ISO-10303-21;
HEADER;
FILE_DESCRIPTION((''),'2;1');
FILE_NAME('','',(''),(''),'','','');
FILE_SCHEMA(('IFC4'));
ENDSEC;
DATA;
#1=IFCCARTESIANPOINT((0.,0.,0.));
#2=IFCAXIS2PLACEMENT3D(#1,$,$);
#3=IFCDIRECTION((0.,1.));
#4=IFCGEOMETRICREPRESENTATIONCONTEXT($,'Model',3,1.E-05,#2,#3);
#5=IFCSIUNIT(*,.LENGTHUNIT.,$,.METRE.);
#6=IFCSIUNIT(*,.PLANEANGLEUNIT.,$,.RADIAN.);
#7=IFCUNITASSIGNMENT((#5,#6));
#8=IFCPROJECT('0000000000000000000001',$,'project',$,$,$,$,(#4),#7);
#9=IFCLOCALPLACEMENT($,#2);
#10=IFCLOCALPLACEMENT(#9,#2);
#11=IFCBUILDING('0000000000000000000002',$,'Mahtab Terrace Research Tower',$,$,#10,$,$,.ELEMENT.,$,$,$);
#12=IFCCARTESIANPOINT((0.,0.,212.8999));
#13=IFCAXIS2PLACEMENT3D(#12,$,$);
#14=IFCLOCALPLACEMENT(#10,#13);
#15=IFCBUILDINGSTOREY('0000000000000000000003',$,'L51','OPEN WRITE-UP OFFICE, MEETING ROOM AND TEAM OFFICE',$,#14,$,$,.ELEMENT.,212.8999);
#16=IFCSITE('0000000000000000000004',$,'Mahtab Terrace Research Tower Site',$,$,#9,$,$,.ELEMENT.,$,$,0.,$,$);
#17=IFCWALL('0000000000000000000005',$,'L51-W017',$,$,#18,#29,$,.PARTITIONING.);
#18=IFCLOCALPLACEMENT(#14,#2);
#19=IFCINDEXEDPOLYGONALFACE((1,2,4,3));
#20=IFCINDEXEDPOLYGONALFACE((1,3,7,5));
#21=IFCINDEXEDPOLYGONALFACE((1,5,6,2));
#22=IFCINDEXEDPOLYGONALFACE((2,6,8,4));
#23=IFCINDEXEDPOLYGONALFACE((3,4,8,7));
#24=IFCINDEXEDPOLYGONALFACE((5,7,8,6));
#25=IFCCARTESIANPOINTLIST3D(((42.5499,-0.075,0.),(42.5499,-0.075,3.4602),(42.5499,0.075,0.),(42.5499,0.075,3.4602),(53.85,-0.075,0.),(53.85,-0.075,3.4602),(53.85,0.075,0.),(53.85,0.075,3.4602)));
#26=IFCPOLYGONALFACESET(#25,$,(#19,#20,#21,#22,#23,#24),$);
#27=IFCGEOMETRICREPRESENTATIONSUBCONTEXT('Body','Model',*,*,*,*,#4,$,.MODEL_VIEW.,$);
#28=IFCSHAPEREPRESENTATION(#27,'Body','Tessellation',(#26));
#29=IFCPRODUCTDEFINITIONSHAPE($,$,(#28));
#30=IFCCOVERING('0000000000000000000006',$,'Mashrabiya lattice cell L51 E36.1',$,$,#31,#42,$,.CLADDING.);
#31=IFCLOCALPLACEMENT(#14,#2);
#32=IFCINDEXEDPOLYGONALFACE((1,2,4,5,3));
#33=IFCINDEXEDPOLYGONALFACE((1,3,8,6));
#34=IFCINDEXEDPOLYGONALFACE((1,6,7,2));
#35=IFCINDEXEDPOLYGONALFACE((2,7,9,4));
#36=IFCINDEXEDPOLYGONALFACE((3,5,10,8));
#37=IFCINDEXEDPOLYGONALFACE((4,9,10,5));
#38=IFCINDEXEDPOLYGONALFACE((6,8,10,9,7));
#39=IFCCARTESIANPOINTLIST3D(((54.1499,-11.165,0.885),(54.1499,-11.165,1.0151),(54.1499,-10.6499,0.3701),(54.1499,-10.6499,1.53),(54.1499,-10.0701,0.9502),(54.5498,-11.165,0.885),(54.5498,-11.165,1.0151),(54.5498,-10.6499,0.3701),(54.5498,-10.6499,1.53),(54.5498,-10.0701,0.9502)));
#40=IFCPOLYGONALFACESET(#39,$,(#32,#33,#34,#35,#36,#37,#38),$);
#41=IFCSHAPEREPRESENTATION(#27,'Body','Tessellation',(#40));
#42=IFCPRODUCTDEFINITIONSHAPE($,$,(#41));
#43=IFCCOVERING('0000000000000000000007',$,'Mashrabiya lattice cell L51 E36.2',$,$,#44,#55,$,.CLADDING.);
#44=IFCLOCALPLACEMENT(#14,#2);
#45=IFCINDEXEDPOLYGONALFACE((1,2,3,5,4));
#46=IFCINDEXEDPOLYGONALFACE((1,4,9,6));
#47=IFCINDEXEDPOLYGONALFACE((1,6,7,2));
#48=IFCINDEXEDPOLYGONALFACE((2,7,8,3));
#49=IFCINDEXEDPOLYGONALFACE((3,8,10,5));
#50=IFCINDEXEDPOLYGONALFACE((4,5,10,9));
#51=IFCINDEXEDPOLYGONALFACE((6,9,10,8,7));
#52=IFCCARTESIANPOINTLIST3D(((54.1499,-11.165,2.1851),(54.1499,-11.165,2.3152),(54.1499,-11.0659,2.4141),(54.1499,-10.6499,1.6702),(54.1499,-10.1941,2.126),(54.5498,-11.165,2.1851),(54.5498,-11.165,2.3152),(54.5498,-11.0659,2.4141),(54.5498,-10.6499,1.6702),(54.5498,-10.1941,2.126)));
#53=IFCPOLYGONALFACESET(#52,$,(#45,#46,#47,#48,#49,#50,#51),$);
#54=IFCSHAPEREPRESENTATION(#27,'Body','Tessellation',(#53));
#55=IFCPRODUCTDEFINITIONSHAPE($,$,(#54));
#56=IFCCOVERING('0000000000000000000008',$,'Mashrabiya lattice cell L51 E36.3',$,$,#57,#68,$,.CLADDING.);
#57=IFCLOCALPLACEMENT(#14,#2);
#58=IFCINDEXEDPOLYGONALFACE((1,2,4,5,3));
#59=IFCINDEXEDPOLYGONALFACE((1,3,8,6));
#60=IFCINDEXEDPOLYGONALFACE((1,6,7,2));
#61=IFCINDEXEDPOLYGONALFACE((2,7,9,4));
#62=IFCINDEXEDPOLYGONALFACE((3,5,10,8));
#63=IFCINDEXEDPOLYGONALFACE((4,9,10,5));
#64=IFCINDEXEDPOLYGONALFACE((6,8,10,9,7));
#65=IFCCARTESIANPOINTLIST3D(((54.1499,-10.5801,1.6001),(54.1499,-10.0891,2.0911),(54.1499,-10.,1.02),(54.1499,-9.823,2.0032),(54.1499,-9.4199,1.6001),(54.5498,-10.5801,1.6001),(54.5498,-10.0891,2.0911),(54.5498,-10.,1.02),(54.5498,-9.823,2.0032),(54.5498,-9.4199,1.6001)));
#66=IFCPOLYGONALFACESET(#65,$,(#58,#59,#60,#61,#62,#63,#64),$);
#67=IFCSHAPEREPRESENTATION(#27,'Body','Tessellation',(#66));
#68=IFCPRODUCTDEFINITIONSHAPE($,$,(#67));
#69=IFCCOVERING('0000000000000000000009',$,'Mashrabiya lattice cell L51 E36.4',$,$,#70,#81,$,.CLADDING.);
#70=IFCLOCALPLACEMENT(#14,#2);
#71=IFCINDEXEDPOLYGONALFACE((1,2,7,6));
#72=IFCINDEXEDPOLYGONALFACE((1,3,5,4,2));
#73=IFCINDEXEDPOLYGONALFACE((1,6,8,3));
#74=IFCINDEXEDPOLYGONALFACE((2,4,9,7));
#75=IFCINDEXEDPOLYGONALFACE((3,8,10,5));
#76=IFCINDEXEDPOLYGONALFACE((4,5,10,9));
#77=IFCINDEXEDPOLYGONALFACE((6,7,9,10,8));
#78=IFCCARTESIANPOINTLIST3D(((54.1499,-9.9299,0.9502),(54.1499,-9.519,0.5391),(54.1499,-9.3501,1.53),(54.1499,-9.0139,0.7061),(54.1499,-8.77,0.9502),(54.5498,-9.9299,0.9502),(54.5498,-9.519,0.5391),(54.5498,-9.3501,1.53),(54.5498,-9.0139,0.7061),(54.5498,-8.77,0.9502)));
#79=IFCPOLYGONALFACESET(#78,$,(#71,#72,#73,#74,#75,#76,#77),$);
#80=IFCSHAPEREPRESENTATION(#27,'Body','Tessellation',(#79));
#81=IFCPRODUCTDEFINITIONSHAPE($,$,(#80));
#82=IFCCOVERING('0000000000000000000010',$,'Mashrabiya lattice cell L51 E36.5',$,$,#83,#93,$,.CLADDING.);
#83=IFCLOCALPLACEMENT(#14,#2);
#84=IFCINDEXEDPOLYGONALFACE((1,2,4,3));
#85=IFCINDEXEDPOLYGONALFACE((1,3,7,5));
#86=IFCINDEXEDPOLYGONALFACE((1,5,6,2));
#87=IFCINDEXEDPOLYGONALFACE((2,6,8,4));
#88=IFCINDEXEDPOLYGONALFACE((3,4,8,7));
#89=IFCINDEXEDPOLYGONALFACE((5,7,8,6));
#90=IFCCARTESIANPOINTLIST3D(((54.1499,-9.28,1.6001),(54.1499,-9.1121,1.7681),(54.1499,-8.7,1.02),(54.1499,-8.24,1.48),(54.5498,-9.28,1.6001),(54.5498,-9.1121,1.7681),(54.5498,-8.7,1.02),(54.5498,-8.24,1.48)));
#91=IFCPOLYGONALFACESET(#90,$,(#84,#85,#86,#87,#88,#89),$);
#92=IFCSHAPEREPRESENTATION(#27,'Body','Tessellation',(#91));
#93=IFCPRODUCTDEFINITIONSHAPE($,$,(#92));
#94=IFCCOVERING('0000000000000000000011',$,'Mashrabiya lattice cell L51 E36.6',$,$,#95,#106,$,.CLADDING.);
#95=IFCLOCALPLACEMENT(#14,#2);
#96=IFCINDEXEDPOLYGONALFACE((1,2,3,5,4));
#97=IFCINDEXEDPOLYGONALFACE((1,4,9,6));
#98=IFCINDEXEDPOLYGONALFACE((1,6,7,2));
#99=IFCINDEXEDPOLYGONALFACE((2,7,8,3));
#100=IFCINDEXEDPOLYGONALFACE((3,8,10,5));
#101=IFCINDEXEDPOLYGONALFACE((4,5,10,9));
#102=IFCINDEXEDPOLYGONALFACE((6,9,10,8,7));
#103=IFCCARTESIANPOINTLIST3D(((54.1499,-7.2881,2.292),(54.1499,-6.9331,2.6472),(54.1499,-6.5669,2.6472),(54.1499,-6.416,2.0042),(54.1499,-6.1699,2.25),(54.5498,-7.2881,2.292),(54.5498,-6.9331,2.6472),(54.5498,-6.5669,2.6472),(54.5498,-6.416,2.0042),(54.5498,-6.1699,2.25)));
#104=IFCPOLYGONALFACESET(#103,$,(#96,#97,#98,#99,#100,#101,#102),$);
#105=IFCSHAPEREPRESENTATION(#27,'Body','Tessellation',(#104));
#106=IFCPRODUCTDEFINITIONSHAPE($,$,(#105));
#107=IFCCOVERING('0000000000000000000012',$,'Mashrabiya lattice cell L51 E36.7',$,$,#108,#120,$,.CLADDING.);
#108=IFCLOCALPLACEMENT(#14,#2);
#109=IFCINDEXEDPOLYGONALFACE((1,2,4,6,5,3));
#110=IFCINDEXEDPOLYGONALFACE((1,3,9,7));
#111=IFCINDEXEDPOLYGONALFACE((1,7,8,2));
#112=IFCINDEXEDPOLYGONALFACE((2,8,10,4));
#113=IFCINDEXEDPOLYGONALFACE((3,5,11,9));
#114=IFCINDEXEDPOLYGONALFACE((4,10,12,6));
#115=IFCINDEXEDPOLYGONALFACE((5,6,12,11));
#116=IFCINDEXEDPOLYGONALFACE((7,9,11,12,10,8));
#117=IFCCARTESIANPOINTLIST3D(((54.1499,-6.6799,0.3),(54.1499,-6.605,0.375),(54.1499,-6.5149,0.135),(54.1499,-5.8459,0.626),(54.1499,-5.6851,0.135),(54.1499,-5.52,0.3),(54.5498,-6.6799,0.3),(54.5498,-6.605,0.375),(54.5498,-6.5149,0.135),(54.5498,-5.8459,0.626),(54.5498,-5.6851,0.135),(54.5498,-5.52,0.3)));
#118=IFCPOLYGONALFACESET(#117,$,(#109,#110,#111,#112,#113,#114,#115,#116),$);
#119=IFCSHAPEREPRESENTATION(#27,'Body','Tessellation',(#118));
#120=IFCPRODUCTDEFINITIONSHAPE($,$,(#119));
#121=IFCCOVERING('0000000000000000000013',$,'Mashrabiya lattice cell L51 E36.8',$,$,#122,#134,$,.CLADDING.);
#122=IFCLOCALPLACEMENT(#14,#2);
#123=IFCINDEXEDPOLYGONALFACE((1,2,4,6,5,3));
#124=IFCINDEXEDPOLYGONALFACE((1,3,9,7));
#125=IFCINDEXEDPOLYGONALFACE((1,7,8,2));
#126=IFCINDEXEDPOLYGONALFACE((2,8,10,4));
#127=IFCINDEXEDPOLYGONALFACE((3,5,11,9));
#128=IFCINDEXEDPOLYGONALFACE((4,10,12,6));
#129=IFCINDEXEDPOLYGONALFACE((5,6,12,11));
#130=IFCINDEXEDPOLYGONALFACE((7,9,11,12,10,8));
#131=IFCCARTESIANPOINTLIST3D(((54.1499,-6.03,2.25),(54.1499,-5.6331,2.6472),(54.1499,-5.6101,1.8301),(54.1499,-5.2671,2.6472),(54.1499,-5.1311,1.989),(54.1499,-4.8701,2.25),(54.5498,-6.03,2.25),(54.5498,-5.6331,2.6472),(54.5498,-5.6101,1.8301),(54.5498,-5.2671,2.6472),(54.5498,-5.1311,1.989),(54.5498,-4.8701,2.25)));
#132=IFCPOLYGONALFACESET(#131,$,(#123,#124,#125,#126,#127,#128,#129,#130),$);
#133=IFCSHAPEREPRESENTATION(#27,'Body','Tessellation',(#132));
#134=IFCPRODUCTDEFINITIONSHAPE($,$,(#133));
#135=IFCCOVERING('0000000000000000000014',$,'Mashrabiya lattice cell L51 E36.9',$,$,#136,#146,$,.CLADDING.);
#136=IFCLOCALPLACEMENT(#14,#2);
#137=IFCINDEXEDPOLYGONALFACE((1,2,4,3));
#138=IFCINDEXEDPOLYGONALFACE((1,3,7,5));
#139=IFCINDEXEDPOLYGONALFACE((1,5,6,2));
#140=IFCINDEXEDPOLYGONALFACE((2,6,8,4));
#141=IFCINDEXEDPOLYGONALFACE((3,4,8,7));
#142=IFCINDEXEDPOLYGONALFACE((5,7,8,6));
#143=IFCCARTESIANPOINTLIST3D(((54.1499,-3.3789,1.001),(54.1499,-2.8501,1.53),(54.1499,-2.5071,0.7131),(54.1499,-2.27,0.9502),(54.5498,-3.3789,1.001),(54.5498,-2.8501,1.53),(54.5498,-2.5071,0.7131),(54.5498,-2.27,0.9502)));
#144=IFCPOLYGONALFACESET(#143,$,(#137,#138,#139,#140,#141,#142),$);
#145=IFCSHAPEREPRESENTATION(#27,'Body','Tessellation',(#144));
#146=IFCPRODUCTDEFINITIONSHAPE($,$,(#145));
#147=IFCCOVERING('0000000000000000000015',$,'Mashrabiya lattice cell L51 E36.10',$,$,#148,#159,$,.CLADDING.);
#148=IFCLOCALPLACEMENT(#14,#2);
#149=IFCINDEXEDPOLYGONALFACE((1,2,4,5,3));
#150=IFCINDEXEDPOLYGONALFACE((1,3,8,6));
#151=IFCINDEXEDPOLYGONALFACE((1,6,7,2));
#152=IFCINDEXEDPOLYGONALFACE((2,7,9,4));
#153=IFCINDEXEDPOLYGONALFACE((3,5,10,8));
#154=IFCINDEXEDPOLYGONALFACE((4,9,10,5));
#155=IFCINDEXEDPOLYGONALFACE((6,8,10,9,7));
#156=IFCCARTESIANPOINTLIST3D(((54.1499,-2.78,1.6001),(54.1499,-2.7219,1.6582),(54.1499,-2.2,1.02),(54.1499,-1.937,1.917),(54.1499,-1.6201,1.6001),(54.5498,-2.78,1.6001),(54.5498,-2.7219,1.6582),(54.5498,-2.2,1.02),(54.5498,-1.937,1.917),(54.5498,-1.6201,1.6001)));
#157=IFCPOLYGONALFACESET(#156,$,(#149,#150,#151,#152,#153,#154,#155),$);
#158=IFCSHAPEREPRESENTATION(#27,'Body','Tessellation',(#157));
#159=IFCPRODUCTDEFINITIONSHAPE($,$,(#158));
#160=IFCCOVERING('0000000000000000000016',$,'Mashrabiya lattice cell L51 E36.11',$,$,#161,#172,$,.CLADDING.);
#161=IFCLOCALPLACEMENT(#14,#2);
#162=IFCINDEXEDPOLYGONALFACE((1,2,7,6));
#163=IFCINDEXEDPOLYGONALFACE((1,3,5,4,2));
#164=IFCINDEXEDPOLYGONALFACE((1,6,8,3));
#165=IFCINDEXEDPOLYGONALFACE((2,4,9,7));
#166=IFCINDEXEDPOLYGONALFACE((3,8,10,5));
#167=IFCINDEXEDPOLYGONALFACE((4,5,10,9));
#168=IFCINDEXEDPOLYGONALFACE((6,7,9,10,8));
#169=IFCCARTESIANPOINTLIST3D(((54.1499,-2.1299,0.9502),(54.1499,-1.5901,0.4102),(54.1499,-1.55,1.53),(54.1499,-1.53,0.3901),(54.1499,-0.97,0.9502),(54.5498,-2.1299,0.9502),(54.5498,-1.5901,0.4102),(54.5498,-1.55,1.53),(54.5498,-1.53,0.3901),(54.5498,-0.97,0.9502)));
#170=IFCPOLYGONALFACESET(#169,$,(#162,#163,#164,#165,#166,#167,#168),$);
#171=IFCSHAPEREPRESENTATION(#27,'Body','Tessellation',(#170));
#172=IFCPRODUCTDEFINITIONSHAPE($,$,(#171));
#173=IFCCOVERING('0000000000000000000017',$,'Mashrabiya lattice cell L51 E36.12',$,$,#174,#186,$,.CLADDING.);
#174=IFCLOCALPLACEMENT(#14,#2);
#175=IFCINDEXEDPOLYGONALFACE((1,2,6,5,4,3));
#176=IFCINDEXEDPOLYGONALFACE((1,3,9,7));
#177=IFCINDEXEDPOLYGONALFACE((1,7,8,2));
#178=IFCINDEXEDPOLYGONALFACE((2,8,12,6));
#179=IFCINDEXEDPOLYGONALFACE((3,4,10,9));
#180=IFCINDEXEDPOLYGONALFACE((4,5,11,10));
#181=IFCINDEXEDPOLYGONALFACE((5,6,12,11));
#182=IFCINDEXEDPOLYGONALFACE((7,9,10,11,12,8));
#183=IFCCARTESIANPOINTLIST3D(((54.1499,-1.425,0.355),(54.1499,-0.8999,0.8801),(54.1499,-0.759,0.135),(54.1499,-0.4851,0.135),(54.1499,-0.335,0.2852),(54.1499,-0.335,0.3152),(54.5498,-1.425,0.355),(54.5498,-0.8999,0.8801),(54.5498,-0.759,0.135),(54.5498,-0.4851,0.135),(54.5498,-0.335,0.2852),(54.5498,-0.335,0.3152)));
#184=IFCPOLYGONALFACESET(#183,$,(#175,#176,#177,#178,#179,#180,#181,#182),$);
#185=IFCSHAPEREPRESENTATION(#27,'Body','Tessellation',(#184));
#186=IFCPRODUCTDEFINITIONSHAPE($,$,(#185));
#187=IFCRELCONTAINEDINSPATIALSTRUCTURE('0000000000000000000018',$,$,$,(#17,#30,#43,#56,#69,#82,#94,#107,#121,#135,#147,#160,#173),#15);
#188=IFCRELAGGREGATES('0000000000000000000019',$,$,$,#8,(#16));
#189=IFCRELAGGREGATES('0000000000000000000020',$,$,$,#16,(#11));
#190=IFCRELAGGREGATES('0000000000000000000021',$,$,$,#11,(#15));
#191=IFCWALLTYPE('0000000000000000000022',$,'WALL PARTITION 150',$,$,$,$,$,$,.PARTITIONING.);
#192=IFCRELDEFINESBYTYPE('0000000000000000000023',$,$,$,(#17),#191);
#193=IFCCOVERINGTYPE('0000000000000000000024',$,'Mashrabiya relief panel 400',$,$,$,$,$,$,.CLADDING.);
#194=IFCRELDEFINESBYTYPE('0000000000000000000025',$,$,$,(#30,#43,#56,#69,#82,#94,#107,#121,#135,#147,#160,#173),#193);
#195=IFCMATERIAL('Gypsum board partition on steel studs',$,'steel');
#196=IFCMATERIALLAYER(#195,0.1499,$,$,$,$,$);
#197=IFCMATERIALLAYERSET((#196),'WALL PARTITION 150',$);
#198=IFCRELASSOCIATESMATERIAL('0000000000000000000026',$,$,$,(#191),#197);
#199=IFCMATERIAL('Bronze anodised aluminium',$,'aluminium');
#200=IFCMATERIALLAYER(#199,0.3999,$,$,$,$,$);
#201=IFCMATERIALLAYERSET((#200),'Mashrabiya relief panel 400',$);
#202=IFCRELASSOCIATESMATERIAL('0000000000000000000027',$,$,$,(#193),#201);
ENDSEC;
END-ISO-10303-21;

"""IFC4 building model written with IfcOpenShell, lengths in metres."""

from ifc_helpers import new_model, si_unit, direction, frame, frame_2d, origin, place, context, subcontext, project, spatial, polyline, rectangle, outline, extrude, material, layer, layer_set, type_object, element, save


model = new_model("IFC4")

# Units and contexts
model_context = context("Model", 3, precision=1e-05, world=origin(), true_north=direction((0.0, 1.0)))
body_context = subcontext(model_context, "Body", "Model", "MODEL_VIEW")
ifc_project = project(units=[si_unit("LENGTHUNIT", "METRE"), si_unit("PLANEANGLEUNIT", "RADIAN")], contexts=[model_context])

# Site, building, storey
site_placement = place(None, origin())
site = spatial("IfcSite", under=ifc_project, at=site_placement, Name="Mahtab Terrace Research Tower Site", CompositionType="ELEMENT", RefElevation=0.0)
building_placement = place(site_placement, origin())
building = spatial("IfcBuilding", under=site, at=building_placement, Name="Mahtab Terrace Research Tower", CompositionType="ELEMENT")
storey_placement = place(building_placement, frame((0.0, 0.0, 212.8999)))
storey = spatial("IfcBuildingStorey", under=building, at=storey_placement, Name="L51", Description="OPEN WRITE-UP OFFICE, MEETING ROOM AND TEAM OFFICE", CompositionType="ELEMENT", Elevation=212.8999)

# Wall
ifc_material_1 = material(Name="Gypsum board partition on steel studs", Category="steel")
ifc_layer_1 = layer(ifc_material_1, 0.1499)
ifc_layer_set_1 = layer_set([ifc_layer_1], Name="WALL PARTITION 150")
wall_type_1 = type_object("IfcWallType", Name="WALL PARTITION 150", PredefinedType="PARTITIONING", material=ifc_layer_set_1)
wall_1_placement = place(storey_placement, frame((42.55, 0.0, 0.0), z_axis=(0.0, 0.0, 1.0), x_axis=(1.0, 0.0, 0.0)))
element("IfcWall", 1, at=wall_1_placement, inside=storey, type_object=wall_type_1, Name="L51-W017", PredefinedType="PARTITIONING", context=body_context, shape_type="SweptSolid", body=[
    extrude(rectangle(XDim=11.3, YDim=0.1499, at=frame_2d((5.6499, 0.0))), origin(), (0.0, 0.0, 1.0), 3.4602),
])

# Coverings
ifc_material_2 = material(Name="Bronze anodised aluminium", Category="aluminium")
ifc_layer_2 = layer(ifc_material_2, 0.3999)
ifc_layer_set_2 = layer_set([ifc_layer_2], Name="Mashrabiya relief panel 400")
covering_type = type_object("IfcCoveringType", Name="Mashrabiya relief panel 400", PredefinedType="CLADDING", material=ifc_layer_set_2)
covering_1_placement = place(storey_placement, frame((54.1499, -10.6499, 1.53), z_axis=(-1.0, 0.0, 0.0), x_axis=(0.0, 0.707107, -0.707107)))
element("IfcCovering", 2, at=covering_1_placement, inside=storey, type_object=covering_type, Name="Mashrabiya lattice cell L51 E36.1", PredefinedType="CLADDING", context=body_context, shape_type="SweptSolid", body=[
    extrude(outline(polyline([(0.0, 0.0), (0.82, 0.0), (0.8202, 0.8202), (0.0918, 0.8204), (-0.0002, 0.7283), (0.0, 0.0)])), origin(), (0.0, 0.0, -1.0), 0.3999),
])
covering_2_placement = place(storey_placement, frame((54.1499, -10.6499, 1.6702), z_axis=(-1.0, 0.0, 0.0), x_axis=(0.0, -0.707274, 0.706939)))
element("IfcCovering", 3, at=covering_2_placement, inside=storey, type_object=covering_type, Name="Mashrabiya lattice cell L51 E36.2", PredefinedType="CLADDING", context=body_context, shape_type="SweptSolid", body=[
    extrude(outline(polyline([(0.0, 0.0), (0.7283, 0.0), (0.8203, 0.092), (0.8201, 0.232), (-0.0002, 0.6446), (0.0, 0.0)])), origin(), (0.0, 0.0, -1.0), 0.3999),
])
covering_3_placement = place(storey_placement, frame((54.1499, -9.4199, 1.6001), z_axis=(-1.0, 0.0, 0.0), x_axis=(0.0, -0.707107, -0.707107)))
element("IfcCovering", 4, at=covering_3_placement, inside=storey, type_object=covering_type, Name="Mashrabiya lattice cell L51 E36.3", PredefinedType="CLADDING", context=body_context, shape_type="SweptSolid", body=[
    extrude(outline(polyline([(0.0, 0.0), (0.8204, 0.0), (0.8204, 0.8204), (0.126, 0.8204), (0.0, 0.57), (0.0, 0.0)])), origin(), (0.0, 0.0, -1.0), 0.3999),
])
covering_4_placement = place(storey_placement, frame((54.1499, -9.9299, 0.9502), z_axis=(-1.0, 0.0, 0.0), x_axis=(0.0, 0.707107, 0.707107)))
element("IfcCovering", 5, at=covering_4_placement, inside=storey, type_object=covering_type, Name="Mashrabiya lattice cell L51 E36.4", PredefinedType="CLADDING", context=body_context, shape_type="SweptSolid", body=[
    extrude(outline(polyline([(0.0, 0.0), (0.82, 0.0), (0.8202, 0.8202), (0.4751, 0.8204), (-0.0002, 0.5813), (0.0, 0.0)])), origin(), (0.0, 0.0, -1.0), 0.3999),
])
covering_5_placement = place(storey_placement, frame((54.1499, -8.7, 1.02), z_axis=(-1.0, 0.0, 0.0), x_axis=(0.0, -0.707107, 0.707107)))
element("IfcCovering", 6, at=covering_5_placement, inside=storey, type_object=covering_type, Name="Mashrabiya lattice cell L51 E36.5", PredefinedType="CLADDING", context=body_context, shape_type="SweptSolid", body=[
    extrude(outline(polyline([(0.0, 0.0), (0.8204, 0.0), (0.8204, 0.2375), (0.0, 0.6505), (0.0, 0.0)])), origin(), (0.0, 0.0, -1.0), 0.3999),
])
covering_6_placement = place(storey_placement, frame((54.1499, -6.1699, 2.25), z_axis=(-1.0, 0.0, 0.0), x_axis=(0.0, -0.707458, -0.706756)))
element("IfcCovering", 7, at=covering_6_placement, inside=storey, type_object=covering_type, Name="Mashrabiya lattice cell L51 E36.6", PredefinedType="CLADDING", context=body_context, shape_type="SweptSolid", body=[
    extrude(outline(polyline([(0.0, 0.0), (0.3479, 0.0), (0.7614, 0.82), (0.2592, 0.8204), (0.0001, 0.5616), (0.0, 0.0)])), origin(), (0.0, 0.0, -1.0), 0.3999),
])
covering_7_placement = place(storey_placement, frame((54.1499, -6.6799, 0.3), z_axis=(-1.0, 0.0, 0.0), x_axis=(0.0, 0.707107, 0.707107)))
element("IfcCovering", 8, at=covering_7_placement, inside=storey, type_object=covering_type, Name="Mashrabiya lattice cell L51 E36.7", PredefinedType="CLADDING", context=body_context, shape_type="SweptSolid", body=[
    extrude(outline(polyline([(0.0, 0.0), (0.106, 0.0), (0.8202, 0.3593), (0.8202, 0.8202), (0.5868, 0.8202), (0.0, 0.2334), (0.0, 0.0)])), origin(), (0.0, 0.0, -1.0), 0.3999),
])
covering_8_placement = place(storey_placement, frame((54.1499, -6.03, 2.25), z_axis=(-1.0, 0.0, 0.0), x_axis=(0.0, 0.706889, 0.707324)))
element("IfcCovering", 9, at=covering_8_placement, inside=storey, type_object=covering_type, Name="Mashrabiya lattice cell L51 E36.8", PredefinedType="CLADDING", context=body_context, shape_type="SweptSolid", body=[
    extrude(outline(polyline([(0.0, 0.0), (0.5616, 0.0), (0.8203, 0.2589), (0.8199, 0.8204), (0.4508, 0.8203), (-0.0002, 0.5939), (0.0, 0.0)])), origin(), (0.0, 0.0, -1.0), 0.3999),
])
covering_9_placement = place(storey_placement, frame((54.1499, -2.8501, 1.53), z_axis=(-1.0, 0.0, 0.0), x_axis=(0.0, 0.707256, -0.706958)))
element("IfcCovering", 10, at=covering_9_placement, inside=storey, type_object=covering_type, Name="Mashrabiya lattice cell L51 E36.9", PredefinedType="CLADDING", context=body_context, shape_type="SweptSolid", body=[
    extrude(outline(polyline([(0.0, 0.0), (0.8202, 0.0), (0.8201, 0.3353), (0.0, 0.748), (0.0, 0.0)])), origin(), (0.0, 0.0, -1.0), 0.3999),
])
covering_10_placement = place(storey_placement, frame((54.1499, -1.6201, 1.6001), z_axis=(-1.0, 0.0, 0.0), x_axis=(0.0, -0.706958, -0.707256)))
element("IfcCovering", 11, at=covering_10_placement, inside=storey, type_object=covering_type, Name="Mashrabiya lattice cell L51 E36.10", PredefinedType="CLADDING", context=body_context, shape_type="SweptSolid", body=[
    extrude(outline(polyline([(0.0, 0.0), (0.8202, 0.0), (0.82, 0.8204), (0.7378, 0.8203), (-0.0001, 0.4482), (0.0, 0.0)])), origin(), (0.0, 0.0, -1.0), 0.3999),
])
covering_11_placement = place(storey_placement, frame((54.1499, -2.1299, 0.9502), z_axis=(-1.0, 0.0, 0.0), x_axis=(0.0, 0.707107, 0.707107)))
element("IfcCovering", 12, at=covering_11_placement, inside=storey, type_object=covering_type, Name="Mashrabiya lattice cell L51 E36.11", PredefinedType="CLADDING", context=body_context, shape_type="SweptSolid", body=[
    extrude(outline(polyline([(0.0, 0.0), (0.82, 0.0), (0.8202, 0.8202), (0.0281, 0.8202), (-0.0002, 0.7636), (0.0, 0.0)])), origin(), (0.0, 0.0, -1.0), 0.3999),
])
covering_12_placement = place(storey_placement, frame((54.1499, -0.4851, 0.135), z_axis=(-1.0, 0.0, 0.0), x_axis=(0.0, -1.0, 0.0)))
element("IfcCovering", 13, at=covering_12_placement, inside=storey, type_object=covering_type, Name="Mashrabiya lattice cell L51 E36.12", PredefinedType="CLADDING", context=body_context, shape_type="SweptSolid", body=[
    extrude(outline(polyline([(0.0, 0.0), (0.2739, 0.0), (0.9399, 0.22), (0.4148, 0.7451), (-0.1501, 0.1802), (-0.1501, 0.1501), (0.0, 0.0)])), origin(), (0.0, 0.0, -1.0), 0.3999),
])

save(model, "model.ifc")
